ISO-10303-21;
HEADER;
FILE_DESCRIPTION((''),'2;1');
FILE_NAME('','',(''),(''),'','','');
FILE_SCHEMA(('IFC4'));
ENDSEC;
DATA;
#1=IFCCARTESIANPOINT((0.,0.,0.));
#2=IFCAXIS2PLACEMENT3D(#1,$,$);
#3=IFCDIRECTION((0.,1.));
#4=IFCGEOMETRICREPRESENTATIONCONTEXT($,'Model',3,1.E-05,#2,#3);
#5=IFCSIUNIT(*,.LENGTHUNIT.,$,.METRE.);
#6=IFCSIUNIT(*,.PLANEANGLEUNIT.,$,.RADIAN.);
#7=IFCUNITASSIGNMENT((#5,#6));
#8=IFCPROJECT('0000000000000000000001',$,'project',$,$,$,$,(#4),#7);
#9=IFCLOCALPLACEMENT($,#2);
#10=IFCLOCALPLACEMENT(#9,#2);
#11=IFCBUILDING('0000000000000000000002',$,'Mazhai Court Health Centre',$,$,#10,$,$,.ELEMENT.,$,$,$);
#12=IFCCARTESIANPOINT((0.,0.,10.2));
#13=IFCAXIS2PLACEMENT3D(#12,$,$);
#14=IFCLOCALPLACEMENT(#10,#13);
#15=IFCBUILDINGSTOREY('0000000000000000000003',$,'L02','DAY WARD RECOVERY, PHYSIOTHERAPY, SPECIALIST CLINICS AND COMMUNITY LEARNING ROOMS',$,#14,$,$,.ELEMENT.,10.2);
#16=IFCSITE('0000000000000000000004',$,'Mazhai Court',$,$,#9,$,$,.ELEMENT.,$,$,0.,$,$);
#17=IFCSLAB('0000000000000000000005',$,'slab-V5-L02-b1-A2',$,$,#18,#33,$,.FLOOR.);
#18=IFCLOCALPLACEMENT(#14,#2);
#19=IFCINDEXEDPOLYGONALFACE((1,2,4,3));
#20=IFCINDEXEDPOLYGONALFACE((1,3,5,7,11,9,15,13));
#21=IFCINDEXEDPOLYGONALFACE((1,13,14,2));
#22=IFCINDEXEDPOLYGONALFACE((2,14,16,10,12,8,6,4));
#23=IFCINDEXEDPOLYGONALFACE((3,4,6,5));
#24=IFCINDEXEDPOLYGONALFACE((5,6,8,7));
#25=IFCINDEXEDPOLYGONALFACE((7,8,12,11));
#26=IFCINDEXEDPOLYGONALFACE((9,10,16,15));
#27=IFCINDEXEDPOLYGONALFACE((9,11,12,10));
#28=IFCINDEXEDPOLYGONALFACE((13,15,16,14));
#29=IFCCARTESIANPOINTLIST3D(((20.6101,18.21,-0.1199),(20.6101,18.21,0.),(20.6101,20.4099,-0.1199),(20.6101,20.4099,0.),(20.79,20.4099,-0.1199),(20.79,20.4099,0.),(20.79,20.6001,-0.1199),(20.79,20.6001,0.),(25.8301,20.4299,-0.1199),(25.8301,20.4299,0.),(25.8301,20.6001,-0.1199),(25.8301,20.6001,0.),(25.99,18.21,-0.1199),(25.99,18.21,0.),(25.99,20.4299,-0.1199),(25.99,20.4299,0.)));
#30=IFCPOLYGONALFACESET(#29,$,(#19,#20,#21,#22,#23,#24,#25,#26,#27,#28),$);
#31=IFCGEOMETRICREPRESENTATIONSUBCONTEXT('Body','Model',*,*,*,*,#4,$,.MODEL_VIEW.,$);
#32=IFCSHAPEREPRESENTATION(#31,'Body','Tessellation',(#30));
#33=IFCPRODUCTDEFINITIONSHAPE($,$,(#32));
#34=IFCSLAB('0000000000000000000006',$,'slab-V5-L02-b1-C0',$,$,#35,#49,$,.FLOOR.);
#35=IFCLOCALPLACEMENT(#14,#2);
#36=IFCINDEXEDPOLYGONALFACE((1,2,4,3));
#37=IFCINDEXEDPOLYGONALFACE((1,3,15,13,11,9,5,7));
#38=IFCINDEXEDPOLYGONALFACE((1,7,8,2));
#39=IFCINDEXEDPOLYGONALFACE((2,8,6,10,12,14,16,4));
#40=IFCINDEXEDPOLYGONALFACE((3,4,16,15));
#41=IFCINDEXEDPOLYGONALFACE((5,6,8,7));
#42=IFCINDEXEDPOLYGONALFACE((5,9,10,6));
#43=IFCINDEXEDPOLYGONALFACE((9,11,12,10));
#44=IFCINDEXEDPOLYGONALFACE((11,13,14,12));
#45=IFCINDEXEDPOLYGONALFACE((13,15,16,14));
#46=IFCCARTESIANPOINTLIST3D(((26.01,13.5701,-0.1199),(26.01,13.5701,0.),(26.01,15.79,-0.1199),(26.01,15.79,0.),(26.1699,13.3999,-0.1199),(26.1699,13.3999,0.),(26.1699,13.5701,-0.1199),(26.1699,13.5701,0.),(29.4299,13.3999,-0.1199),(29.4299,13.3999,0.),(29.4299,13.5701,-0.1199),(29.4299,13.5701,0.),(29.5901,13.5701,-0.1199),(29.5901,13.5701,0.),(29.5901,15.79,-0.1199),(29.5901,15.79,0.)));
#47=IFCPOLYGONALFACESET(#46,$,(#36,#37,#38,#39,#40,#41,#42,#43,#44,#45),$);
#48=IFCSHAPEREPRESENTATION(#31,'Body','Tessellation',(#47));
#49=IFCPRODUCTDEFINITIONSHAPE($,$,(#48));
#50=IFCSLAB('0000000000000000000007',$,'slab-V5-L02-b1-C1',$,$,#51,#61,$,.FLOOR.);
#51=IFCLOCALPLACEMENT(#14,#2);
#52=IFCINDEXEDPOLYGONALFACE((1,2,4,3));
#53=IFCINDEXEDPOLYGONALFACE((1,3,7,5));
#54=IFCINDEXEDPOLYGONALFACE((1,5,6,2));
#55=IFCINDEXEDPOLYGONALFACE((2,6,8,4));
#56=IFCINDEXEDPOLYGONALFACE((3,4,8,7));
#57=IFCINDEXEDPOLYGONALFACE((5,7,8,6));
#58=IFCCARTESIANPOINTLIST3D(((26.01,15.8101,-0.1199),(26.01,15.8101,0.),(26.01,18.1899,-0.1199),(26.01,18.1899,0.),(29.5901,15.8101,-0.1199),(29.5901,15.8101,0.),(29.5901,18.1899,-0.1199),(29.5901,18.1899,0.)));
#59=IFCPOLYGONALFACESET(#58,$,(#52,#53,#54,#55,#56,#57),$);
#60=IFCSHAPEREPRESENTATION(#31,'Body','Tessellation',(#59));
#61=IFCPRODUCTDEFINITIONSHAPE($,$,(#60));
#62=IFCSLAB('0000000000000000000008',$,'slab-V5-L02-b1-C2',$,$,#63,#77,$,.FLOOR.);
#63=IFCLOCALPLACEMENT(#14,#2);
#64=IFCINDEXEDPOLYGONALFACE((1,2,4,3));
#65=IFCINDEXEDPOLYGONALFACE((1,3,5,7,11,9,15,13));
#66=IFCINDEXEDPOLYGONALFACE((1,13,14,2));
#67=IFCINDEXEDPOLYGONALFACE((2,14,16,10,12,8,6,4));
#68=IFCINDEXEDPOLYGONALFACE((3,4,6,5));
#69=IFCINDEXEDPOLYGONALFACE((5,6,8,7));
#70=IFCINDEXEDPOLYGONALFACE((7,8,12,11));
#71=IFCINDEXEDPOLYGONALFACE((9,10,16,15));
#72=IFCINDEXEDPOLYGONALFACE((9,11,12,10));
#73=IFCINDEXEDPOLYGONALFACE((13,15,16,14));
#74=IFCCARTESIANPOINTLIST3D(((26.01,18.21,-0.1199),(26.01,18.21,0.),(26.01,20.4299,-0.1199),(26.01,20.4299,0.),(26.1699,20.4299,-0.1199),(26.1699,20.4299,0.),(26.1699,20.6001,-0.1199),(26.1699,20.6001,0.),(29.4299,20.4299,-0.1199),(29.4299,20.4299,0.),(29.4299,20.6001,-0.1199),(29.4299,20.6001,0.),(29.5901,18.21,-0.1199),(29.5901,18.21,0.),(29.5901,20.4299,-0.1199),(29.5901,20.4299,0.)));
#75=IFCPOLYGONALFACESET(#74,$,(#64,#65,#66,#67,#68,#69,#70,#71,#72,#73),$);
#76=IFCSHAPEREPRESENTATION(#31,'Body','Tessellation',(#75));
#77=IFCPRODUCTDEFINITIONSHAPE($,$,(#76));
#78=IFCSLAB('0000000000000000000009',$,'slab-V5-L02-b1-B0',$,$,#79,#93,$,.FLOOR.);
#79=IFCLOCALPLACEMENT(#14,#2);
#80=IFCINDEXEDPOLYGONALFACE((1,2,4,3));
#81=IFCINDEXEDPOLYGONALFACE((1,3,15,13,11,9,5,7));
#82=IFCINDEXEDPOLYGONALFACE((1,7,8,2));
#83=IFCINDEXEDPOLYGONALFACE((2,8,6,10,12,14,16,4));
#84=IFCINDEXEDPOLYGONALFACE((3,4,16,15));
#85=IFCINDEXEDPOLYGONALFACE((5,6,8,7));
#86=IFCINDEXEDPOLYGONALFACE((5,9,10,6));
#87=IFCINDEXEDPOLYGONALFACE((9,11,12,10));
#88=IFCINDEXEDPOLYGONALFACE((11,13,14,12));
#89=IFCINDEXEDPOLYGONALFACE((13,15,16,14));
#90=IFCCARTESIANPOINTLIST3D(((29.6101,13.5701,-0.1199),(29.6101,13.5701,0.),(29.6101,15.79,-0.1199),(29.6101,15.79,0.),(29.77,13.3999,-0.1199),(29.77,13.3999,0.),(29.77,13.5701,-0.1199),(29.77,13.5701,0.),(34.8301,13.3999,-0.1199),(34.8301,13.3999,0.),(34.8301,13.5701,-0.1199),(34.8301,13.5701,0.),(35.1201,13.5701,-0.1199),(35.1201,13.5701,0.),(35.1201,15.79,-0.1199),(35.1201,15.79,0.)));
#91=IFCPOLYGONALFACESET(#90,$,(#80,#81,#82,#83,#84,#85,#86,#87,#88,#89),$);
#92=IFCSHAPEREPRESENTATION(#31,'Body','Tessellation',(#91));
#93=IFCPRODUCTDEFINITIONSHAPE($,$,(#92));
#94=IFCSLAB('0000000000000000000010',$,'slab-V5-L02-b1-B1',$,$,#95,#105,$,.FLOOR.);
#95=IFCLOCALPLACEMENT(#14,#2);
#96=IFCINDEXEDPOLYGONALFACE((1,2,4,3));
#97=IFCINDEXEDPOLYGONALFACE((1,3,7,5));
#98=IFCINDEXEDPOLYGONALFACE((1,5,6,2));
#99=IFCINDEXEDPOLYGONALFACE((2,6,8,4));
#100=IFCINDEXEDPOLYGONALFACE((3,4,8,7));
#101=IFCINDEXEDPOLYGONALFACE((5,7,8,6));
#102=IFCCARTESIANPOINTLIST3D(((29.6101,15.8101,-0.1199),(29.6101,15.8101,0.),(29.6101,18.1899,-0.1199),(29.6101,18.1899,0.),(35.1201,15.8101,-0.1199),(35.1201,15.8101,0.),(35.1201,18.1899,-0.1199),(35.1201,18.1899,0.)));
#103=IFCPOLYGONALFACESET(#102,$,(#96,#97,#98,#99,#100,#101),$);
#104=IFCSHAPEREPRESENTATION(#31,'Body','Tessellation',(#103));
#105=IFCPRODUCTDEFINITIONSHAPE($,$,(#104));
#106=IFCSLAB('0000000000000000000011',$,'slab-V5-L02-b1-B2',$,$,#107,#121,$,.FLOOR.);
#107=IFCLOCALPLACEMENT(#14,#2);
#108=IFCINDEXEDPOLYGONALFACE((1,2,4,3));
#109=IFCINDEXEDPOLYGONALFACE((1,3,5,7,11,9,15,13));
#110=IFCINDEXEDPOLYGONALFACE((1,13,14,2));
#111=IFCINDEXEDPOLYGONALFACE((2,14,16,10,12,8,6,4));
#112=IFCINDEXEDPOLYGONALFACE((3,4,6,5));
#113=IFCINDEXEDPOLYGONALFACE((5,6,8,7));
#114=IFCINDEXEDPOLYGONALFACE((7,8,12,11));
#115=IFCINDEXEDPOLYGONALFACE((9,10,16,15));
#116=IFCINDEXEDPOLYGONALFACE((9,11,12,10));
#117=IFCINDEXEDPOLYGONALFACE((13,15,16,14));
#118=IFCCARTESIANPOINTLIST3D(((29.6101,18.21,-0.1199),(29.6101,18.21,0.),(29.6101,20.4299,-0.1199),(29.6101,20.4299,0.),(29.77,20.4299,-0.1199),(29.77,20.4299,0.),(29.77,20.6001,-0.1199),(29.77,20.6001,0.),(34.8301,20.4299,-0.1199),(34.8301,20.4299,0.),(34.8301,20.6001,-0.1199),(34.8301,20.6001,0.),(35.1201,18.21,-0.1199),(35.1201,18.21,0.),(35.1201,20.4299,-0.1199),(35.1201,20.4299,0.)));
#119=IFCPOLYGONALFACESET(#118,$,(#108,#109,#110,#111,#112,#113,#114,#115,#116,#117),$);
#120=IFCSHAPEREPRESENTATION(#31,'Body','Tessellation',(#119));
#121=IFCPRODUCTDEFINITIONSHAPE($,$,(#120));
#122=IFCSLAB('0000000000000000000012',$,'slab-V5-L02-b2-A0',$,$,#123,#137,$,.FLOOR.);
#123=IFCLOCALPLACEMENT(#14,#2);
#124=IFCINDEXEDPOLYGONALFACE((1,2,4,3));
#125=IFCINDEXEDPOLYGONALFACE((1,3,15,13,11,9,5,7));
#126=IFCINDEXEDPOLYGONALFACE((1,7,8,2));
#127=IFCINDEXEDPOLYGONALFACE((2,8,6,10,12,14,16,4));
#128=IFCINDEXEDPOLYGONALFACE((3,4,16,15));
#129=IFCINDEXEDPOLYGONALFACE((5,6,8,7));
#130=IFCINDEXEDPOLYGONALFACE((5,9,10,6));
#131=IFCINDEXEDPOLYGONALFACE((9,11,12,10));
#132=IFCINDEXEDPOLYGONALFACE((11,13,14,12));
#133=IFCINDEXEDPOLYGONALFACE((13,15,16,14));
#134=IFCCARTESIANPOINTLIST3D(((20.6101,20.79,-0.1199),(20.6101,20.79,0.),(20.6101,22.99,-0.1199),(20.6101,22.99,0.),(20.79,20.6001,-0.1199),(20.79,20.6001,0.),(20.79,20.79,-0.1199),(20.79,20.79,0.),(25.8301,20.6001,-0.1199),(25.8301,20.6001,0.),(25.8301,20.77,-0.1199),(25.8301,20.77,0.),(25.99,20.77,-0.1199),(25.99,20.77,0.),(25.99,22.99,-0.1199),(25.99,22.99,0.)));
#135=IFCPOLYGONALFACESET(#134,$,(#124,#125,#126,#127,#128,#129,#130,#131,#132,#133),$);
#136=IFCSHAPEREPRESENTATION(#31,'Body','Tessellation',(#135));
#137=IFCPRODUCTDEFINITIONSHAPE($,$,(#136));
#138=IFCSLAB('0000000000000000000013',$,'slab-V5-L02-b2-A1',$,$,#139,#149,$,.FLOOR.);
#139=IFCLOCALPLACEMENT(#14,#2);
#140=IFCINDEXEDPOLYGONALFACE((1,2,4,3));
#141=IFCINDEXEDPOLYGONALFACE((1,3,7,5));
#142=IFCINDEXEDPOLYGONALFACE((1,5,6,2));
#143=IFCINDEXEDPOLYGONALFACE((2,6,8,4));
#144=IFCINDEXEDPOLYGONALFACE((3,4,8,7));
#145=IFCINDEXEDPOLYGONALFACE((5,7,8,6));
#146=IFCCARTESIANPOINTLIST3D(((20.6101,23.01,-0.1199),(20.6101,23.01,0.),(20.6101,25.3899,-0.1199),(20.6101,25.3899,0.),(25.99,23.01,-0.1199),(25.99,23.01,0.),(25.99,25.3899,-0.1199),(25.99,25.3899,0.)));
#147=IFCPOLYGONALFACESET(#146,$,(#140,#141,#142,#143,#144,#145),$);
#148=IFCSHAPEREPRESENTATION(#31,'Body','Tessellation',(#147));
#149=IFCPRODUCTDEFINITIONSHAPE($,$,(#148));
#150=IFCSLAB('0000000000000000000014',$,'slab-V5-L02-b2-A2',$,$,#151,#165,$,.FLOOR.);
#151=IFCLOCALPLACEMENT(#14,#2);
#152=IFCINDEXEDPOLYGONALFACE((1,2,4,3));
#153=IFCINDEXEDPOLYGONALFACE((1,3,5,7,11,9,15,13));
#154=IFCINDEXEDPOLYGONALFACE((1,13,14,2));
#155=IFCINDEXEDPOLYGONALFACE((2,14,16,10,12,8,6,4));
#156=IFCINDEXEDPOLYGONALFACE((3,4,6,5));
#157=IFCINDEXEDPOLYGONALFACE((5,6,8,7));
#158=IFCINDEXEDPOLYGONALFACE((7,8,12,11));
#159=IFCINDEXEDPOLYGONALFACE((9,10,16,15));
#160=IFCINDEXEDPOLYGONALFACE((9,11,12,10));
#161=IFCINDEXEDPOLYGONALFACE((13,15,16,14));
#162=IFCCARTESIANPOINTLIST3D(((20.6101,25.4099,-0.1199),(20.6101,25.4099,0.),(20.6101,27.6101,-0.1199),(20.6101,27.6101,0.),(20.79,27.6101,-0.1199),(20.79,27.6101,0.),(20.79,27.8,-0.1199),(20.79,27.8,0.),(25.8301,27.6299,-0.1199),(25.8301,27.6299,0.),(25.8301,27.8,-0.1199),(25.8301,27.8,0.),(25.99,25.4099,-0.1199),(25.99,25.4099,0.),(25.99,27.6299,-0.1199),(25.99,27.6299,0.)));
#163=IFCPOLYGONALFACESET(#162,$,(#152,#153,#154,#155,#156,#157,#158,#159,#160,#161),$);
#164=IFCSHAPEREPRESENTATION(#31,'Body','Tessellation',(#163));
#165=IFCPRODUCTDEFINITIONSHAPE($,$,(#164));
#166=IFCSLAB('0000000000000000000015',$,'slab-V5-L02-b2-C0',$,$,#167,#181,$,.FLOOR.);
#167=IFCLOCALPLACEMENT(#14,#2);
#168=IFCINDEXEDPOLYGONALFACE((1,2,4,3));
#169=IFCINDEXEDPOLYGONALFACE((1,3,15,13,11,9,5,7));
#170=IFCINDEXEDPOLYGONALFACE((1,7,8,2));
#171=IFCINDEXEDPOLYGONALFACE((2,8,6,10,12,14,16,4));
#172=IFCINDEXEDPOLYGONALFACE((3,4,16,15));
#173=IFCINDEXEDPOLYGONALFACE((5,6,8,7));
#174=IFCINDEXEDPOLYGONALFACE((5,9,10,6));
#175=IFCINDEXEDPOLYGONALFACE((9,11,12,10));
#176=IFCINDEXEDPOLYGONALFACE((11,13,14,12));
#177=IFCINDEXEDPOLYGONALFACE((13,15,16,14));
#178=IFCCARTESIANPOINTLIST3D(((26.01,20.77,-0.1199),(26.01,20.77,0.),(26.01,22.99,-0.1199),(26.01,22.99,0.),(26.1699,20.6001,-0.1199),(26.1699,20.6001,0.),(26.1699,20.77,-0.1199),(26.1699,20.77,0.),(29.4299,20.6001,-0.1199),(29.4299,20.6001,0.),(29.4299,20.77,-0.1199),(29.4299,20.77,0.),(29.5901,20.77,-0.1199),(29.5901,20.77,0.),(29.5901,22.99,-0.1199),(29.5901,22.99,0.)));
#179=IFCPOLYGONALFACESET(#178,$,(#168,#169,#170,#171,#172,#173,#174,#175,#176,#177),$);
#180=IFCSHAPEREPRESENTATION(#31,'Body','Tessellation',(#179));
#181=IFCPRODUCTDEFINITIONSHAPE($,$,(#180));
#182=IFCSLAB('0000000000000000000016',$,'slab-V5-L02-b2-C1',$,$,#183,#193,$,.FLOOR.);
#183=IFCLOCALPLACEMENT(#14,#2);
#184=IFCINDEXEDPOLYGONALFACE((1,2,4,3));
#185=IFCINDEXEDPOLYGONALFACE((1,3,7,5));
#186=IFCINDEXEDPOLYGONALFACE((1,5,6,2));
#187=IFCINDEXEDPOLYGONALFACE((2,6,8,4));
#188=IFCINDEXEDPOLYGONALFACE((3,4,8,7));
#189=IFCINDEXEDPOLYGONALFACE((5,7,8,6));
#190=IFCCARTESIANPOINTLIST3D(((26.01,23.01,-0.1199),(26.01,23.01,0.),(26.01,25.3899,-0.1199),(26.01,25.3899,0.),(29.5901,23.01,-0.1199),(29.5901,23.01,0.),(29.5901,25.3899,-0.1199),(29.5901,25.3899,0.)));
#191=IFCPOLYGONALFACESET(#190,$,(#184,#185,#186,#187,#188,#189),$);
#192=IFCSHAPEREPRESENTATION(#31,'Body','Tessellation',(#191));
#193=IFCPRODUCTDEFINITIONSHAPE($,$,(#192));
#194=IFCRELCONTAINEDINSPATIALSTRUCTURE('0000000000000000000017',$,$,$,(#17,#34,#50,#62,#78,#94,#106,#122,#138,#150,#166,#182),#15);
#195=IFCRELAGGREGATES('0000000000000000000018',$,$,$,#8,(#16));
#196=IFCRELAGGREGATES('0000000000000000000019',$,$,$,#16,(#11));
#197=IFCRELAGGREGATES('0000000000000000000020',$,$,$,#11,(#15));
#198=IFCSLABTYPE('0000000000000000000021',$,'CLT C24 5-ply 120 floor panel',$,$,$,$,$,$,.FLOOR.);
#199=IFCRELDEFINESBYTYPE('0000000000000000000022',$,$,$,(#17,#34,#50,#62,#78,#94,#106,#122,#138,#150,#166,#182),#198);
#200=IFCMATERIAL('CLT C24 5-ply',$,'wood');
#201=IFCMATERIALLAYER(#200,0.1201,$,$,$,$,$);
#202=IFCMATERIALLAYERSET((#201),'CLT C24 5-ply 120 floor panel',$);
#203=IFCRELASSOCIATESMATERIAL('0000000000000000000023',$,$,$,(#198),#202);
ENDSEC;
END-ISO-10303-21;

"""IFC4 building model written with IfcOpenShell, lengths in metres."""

from ifc_helpers import new_model, si_unit, direction, frame, origin, place, context, subcontext, project, spatial, polyline, outline, extrude, material, layer, layer_set, type_object, element, save


model = new_model("IFC4")

# Units and contexts
model_context = context("Model", 3, precision=1e-05, world=origin(), true_north=direction((0.0, 1.0)))
body_context = subcontext(model_context, "Body", "Model", "MODEL_VIEW")
ifc_project = project(units=[si_unit("LENGTHUNIT", "METRE"), si_unit("PLANEANGLEUNIT", "RADIAN")], contexts=[model_context])

# Site, building, storey
site_placement = place(None, origin())
site = spatial("IfcSite", under=ifc_project, at=site_placement, Name="Mazhai Court", CompositionType="ELEMENT", RefElevation=0.0)
building_placement = place(site_placement, origin())
building = spatial("IfcBuilding", under=site, at=building_placement, Name="Mazhai Court Health Centre", CompositionType="ELEMENT")
storey_placement = place(building_placement, frame((0.0, 0.0, 10.2)))
storey = spatial("IfcBuildingStorey", under=building, at=storey_placement, Name="L02", Description="DAY WARD RECOVERY, PHYSIOTHERAPY, SPECIALIST CLINICS AND COMMUNITY LEARNING ROOMS", CompositionType="ELEMENT", Elevation=10.2)

# Slabs
ifc_material = material(Name="CLT C24 5-ply", Category="wood")
ifc_layer = layer(ifc_material, 0.1201)
ifc_layer_set = layer_set([ifc_layer], Name="CLT C24 5-ply 120 floor panel")
slab_type = type_object("IfcSlabType", Name="CLT C24 5-ply 120 floor panel", PredefinedType="FLOOR", material=ifc_layer_set)
slab_1_placement = place(storey_placement, frame((0.0, 0.0, -0.1199)))
element("IfcSlab", 1, at=slab_1_placement, inside=storey, type_object=slab_type, Name="slab-V5-L02-b1-A2", PredefinedType="FLOOR", context=body_context, shape_type="SweptSolid", body=[
    extrude(outline(polyline([(25.99, 18.21), (25.99, 20.4299), (25.8301, 20.4299), (25.8301, 20.6001), (20.79, 20.6001), (20.79, 20.4099), (20.6101, 20.4099), (20.6101, 18.21), (25.99, 18.21)])), origin(), (0.0, 0.0, 1.0), 0.1199),
])
slab_2_placement = place(storey_placement, frame((0.0, 0.0, -0.1199)))
element("IfcSlab", 2, at=slab_2_placement, inside=storey, type_object=slab_type, Name="slab-V5-L02-b1-C0", PredefinedType="FLOOR", context=body_context, shape_type="SweptSolid", body=[
    extrude(outline(polyline([(26.01, 15.79), (26.01, 13.5701), (26.1699, 13.5701), (26.1699, 13.3999), (29.4299, 13.3999), (29.4299, 13.5701), (29.5901, 13.5701), (29.5901, 15.79), (26.01, 15.79)])), origin(), (0.0, 0.0, 1.0), 0.1199),
])
slab_3_placement = place(storey_placement, frame((0.0, 0.0, -0.1199)))
element("IfcSlab", 3, at=slab_3_placement, inside=storey, type_object=slab_type, Name="slab-V5-L02-b1-C1", PredefinedType="FLOOR", context=body_context, shape_type="SweptSolid", body=[
    extrude(outline(polyline([(26.01, 15.8101), (29.5901, 15.8101), (29.5901, 18.1899), (26.01, 18.1899), (26.01, 15.8101)])), origin(), (0.0, 0.0, 1.0), 0.1199),
])
slab_4_placement = place(storey_placement, frame((0.0, 0.0, -0.1199)))
element("IfcSlab", 4, at=slab_4_placement, inside=storey, type_object=slab_type, Name="slab-V5-L02-b1-C2", PredefinedType="FLOOR", context=body_context, shape_type="SweptSolid", body=[
    extrude(outline(polyline([(29.5901, 18.21), (29.5901, 20.4299), (29.4299, 20.4299), (29.4299, 20.6001), (26.1699, 20.6001), (26.1699, 20.4299), (26.01, 20.4299), (26.01, 18.21), (29.5901, 18.21)])), origin(), (0.0, 0.0, 1.0), 0.1199),
])
slab_5_placement = place(storey_placement, frame((0.0, 0.0, -0.1199)))
element("IfcSlab", 5, at=slab_5_placement, inside=storey, type_object=slab_type, Name="slab-V5-L02-b1-B0", PredefinedType="FLOOR", context=body_context, shape_type="SweptSolid", body=[
    extrude(outline(polyline([(29.6101, 15.79), (29.6101, 13.5701), (29.77, 13.5701), (29.77, 13.3999), (34.8301, 13.3999), (34.8301, 13.5701), (35.1201, 13.5701), (35.1201, 15.79), (29.6101, 15.79)])), origin(), (0.0, 0.0, 1.0), 0.1199),
])
slab_6_placement = place(storey_placement, frame((0.0, 0.0, -0.1199)))
element("IfcSlab", 6, at=slab_6_placement, inside=storey, type_object=slab_type, Name="slab-V5-L02-b1-B1", PredefinedType="FLOOR", context=body_context, shape_type="SweptSolid", body=[
    extrude(outline(polyline([(29.6101, 15.8101), (35.1201, 15.8101), (35.1201, 18.1899), (29.6101, 18.1899), (29.6101, 15.8101)])), origin(), (0.0, 0.0, 1.0), 0.1199),
])
slab_7_placement = place(storey_placement, frame((0.0, 0.0, -0.1199)))
element("IfcSlab", 7, at=slab_7_placement, inside=storey, type_object=slab_type, Name="slab-V5-L02-b1-B2", PredefinedType="FLOOR", context=body_context, shape_type="SweptSolid", body=[
    extrude(outline(polyline([(35.1201, 18.21), (35.1201, 20.4299), (34.8301, 20.4299), (34.8301, 20.6001), (29.77, 20.6001), (29.77, 20.4299), (29.6101, 20.4299), (29.6101, 18.21), (35.1201, 18.21)])), origin(), (0.0, 0.0, 1.0), 0.1199),
])
slab_8_placement = place(storey_placement, frame((0.0, 0.0, -0.1199)))
element("IfcSlab", 8, at=slab_8_placement, inside=storey, type_object=slab_type, Name="slab-V5-L02-b2-A0", PredefinedType="FLOOR", context=body_context, shape_type="SweptSolid", body=[
    extrude(outline(polyline([(20.6101, 22.99), (20.6101, 20.79), (20.79, 20.79), (20.79, 20.6001), (25.8301, 20.6001), (25.8301, 20.77), (25.99, 20.77), (25.99, 22.99), (20.6101, 22.99)])), origin(), (0.0, 0.0, 1.0), 0.1199),
])
slab_9_placement = place(storey_placement, frame((0.0, 0.0, -0.1199)))
element("IfcSlab", 9, at=slab_9_placement, inside=storey, type_object=slab_type, Name="slab-V5-L02-b2-A1", PredefinedType="FLOOR", context=body_context, shape_type="SweptSolid", body=[
    extrude(outline(polyline([(20.6101, 23.01), (25.99, 23.01), (25.99, 25.3899), (20.6101, 25.3899), (20.6101, 23.01)])), origin(), (0.0, 0.0, 1.0), 0.1199),
])
slab_10_placement = place(storey_placement, frame((0.0, 0.0, -0.1199)))
element("IfcSlab", 10, at=slab_10_placement, inside=storey, type_object=slab_type, Name="slab-V5-L02-b2-A2", PredefinedType="FLOOR", context=body_context, shape_type="SweptSolid", body=[
    extrude(outline(polyline([(25.99, 25.4099), (25.99, 27.6299), (25.8301, 27.6299), (25.8301, 27.8), (20.79, 27.8), (20.79, 27.6101), (20.6101, 27.6101), (20.6101, 25.4099), (25.99, 25.4099)])), origin(), (0.0, 0.0, 1.0), 0.1199),
])
slab_11_placement = place(storey_placement, frame((0.0, 0.0, -0.1199)))
element("IfcSlab", 11, at=slab_11_placement, inside=storey, type_object=slab_type, Name="slab-V5-L02-b2-C0", PredefinedType="FLOOR", context=body_context, shape_type="SweptSolid", body=[
    extrude(outline(polyline([(26.01, 22.99), (26.01, 20.77), (26.1699, 20.77), (26.1699, 20.6001), (29.4299, 20.6001), (29.4299, 20.77), (29.5901, 20.77), (29.5901, 22.99), (26.01, 22.99)])), origin(), (0.0, 0.0, 1.0), 0.1199),
])
slab_12_placement = place(storey_placement, frame((0.0, 0.0, -0.1199)))
element("IfcSlab", 12, at=slab_12_placement, inside=storey, type_object=slab_type, Name="slab-V5-L02-b2-C1", PredefinedType="FLOOR", context=body_context, shape_type="SweptSolid", body=[
    extrude(outline(polyline([(26.01, 23.01), (29.5901, 23.01), (29.5901, 25.3899), (26.01, 25.3899), (26.01, 23.01)])), origin(), (0.0, 0.0, 1.0), 0.1199),
])

save(model, "model.ifc")
